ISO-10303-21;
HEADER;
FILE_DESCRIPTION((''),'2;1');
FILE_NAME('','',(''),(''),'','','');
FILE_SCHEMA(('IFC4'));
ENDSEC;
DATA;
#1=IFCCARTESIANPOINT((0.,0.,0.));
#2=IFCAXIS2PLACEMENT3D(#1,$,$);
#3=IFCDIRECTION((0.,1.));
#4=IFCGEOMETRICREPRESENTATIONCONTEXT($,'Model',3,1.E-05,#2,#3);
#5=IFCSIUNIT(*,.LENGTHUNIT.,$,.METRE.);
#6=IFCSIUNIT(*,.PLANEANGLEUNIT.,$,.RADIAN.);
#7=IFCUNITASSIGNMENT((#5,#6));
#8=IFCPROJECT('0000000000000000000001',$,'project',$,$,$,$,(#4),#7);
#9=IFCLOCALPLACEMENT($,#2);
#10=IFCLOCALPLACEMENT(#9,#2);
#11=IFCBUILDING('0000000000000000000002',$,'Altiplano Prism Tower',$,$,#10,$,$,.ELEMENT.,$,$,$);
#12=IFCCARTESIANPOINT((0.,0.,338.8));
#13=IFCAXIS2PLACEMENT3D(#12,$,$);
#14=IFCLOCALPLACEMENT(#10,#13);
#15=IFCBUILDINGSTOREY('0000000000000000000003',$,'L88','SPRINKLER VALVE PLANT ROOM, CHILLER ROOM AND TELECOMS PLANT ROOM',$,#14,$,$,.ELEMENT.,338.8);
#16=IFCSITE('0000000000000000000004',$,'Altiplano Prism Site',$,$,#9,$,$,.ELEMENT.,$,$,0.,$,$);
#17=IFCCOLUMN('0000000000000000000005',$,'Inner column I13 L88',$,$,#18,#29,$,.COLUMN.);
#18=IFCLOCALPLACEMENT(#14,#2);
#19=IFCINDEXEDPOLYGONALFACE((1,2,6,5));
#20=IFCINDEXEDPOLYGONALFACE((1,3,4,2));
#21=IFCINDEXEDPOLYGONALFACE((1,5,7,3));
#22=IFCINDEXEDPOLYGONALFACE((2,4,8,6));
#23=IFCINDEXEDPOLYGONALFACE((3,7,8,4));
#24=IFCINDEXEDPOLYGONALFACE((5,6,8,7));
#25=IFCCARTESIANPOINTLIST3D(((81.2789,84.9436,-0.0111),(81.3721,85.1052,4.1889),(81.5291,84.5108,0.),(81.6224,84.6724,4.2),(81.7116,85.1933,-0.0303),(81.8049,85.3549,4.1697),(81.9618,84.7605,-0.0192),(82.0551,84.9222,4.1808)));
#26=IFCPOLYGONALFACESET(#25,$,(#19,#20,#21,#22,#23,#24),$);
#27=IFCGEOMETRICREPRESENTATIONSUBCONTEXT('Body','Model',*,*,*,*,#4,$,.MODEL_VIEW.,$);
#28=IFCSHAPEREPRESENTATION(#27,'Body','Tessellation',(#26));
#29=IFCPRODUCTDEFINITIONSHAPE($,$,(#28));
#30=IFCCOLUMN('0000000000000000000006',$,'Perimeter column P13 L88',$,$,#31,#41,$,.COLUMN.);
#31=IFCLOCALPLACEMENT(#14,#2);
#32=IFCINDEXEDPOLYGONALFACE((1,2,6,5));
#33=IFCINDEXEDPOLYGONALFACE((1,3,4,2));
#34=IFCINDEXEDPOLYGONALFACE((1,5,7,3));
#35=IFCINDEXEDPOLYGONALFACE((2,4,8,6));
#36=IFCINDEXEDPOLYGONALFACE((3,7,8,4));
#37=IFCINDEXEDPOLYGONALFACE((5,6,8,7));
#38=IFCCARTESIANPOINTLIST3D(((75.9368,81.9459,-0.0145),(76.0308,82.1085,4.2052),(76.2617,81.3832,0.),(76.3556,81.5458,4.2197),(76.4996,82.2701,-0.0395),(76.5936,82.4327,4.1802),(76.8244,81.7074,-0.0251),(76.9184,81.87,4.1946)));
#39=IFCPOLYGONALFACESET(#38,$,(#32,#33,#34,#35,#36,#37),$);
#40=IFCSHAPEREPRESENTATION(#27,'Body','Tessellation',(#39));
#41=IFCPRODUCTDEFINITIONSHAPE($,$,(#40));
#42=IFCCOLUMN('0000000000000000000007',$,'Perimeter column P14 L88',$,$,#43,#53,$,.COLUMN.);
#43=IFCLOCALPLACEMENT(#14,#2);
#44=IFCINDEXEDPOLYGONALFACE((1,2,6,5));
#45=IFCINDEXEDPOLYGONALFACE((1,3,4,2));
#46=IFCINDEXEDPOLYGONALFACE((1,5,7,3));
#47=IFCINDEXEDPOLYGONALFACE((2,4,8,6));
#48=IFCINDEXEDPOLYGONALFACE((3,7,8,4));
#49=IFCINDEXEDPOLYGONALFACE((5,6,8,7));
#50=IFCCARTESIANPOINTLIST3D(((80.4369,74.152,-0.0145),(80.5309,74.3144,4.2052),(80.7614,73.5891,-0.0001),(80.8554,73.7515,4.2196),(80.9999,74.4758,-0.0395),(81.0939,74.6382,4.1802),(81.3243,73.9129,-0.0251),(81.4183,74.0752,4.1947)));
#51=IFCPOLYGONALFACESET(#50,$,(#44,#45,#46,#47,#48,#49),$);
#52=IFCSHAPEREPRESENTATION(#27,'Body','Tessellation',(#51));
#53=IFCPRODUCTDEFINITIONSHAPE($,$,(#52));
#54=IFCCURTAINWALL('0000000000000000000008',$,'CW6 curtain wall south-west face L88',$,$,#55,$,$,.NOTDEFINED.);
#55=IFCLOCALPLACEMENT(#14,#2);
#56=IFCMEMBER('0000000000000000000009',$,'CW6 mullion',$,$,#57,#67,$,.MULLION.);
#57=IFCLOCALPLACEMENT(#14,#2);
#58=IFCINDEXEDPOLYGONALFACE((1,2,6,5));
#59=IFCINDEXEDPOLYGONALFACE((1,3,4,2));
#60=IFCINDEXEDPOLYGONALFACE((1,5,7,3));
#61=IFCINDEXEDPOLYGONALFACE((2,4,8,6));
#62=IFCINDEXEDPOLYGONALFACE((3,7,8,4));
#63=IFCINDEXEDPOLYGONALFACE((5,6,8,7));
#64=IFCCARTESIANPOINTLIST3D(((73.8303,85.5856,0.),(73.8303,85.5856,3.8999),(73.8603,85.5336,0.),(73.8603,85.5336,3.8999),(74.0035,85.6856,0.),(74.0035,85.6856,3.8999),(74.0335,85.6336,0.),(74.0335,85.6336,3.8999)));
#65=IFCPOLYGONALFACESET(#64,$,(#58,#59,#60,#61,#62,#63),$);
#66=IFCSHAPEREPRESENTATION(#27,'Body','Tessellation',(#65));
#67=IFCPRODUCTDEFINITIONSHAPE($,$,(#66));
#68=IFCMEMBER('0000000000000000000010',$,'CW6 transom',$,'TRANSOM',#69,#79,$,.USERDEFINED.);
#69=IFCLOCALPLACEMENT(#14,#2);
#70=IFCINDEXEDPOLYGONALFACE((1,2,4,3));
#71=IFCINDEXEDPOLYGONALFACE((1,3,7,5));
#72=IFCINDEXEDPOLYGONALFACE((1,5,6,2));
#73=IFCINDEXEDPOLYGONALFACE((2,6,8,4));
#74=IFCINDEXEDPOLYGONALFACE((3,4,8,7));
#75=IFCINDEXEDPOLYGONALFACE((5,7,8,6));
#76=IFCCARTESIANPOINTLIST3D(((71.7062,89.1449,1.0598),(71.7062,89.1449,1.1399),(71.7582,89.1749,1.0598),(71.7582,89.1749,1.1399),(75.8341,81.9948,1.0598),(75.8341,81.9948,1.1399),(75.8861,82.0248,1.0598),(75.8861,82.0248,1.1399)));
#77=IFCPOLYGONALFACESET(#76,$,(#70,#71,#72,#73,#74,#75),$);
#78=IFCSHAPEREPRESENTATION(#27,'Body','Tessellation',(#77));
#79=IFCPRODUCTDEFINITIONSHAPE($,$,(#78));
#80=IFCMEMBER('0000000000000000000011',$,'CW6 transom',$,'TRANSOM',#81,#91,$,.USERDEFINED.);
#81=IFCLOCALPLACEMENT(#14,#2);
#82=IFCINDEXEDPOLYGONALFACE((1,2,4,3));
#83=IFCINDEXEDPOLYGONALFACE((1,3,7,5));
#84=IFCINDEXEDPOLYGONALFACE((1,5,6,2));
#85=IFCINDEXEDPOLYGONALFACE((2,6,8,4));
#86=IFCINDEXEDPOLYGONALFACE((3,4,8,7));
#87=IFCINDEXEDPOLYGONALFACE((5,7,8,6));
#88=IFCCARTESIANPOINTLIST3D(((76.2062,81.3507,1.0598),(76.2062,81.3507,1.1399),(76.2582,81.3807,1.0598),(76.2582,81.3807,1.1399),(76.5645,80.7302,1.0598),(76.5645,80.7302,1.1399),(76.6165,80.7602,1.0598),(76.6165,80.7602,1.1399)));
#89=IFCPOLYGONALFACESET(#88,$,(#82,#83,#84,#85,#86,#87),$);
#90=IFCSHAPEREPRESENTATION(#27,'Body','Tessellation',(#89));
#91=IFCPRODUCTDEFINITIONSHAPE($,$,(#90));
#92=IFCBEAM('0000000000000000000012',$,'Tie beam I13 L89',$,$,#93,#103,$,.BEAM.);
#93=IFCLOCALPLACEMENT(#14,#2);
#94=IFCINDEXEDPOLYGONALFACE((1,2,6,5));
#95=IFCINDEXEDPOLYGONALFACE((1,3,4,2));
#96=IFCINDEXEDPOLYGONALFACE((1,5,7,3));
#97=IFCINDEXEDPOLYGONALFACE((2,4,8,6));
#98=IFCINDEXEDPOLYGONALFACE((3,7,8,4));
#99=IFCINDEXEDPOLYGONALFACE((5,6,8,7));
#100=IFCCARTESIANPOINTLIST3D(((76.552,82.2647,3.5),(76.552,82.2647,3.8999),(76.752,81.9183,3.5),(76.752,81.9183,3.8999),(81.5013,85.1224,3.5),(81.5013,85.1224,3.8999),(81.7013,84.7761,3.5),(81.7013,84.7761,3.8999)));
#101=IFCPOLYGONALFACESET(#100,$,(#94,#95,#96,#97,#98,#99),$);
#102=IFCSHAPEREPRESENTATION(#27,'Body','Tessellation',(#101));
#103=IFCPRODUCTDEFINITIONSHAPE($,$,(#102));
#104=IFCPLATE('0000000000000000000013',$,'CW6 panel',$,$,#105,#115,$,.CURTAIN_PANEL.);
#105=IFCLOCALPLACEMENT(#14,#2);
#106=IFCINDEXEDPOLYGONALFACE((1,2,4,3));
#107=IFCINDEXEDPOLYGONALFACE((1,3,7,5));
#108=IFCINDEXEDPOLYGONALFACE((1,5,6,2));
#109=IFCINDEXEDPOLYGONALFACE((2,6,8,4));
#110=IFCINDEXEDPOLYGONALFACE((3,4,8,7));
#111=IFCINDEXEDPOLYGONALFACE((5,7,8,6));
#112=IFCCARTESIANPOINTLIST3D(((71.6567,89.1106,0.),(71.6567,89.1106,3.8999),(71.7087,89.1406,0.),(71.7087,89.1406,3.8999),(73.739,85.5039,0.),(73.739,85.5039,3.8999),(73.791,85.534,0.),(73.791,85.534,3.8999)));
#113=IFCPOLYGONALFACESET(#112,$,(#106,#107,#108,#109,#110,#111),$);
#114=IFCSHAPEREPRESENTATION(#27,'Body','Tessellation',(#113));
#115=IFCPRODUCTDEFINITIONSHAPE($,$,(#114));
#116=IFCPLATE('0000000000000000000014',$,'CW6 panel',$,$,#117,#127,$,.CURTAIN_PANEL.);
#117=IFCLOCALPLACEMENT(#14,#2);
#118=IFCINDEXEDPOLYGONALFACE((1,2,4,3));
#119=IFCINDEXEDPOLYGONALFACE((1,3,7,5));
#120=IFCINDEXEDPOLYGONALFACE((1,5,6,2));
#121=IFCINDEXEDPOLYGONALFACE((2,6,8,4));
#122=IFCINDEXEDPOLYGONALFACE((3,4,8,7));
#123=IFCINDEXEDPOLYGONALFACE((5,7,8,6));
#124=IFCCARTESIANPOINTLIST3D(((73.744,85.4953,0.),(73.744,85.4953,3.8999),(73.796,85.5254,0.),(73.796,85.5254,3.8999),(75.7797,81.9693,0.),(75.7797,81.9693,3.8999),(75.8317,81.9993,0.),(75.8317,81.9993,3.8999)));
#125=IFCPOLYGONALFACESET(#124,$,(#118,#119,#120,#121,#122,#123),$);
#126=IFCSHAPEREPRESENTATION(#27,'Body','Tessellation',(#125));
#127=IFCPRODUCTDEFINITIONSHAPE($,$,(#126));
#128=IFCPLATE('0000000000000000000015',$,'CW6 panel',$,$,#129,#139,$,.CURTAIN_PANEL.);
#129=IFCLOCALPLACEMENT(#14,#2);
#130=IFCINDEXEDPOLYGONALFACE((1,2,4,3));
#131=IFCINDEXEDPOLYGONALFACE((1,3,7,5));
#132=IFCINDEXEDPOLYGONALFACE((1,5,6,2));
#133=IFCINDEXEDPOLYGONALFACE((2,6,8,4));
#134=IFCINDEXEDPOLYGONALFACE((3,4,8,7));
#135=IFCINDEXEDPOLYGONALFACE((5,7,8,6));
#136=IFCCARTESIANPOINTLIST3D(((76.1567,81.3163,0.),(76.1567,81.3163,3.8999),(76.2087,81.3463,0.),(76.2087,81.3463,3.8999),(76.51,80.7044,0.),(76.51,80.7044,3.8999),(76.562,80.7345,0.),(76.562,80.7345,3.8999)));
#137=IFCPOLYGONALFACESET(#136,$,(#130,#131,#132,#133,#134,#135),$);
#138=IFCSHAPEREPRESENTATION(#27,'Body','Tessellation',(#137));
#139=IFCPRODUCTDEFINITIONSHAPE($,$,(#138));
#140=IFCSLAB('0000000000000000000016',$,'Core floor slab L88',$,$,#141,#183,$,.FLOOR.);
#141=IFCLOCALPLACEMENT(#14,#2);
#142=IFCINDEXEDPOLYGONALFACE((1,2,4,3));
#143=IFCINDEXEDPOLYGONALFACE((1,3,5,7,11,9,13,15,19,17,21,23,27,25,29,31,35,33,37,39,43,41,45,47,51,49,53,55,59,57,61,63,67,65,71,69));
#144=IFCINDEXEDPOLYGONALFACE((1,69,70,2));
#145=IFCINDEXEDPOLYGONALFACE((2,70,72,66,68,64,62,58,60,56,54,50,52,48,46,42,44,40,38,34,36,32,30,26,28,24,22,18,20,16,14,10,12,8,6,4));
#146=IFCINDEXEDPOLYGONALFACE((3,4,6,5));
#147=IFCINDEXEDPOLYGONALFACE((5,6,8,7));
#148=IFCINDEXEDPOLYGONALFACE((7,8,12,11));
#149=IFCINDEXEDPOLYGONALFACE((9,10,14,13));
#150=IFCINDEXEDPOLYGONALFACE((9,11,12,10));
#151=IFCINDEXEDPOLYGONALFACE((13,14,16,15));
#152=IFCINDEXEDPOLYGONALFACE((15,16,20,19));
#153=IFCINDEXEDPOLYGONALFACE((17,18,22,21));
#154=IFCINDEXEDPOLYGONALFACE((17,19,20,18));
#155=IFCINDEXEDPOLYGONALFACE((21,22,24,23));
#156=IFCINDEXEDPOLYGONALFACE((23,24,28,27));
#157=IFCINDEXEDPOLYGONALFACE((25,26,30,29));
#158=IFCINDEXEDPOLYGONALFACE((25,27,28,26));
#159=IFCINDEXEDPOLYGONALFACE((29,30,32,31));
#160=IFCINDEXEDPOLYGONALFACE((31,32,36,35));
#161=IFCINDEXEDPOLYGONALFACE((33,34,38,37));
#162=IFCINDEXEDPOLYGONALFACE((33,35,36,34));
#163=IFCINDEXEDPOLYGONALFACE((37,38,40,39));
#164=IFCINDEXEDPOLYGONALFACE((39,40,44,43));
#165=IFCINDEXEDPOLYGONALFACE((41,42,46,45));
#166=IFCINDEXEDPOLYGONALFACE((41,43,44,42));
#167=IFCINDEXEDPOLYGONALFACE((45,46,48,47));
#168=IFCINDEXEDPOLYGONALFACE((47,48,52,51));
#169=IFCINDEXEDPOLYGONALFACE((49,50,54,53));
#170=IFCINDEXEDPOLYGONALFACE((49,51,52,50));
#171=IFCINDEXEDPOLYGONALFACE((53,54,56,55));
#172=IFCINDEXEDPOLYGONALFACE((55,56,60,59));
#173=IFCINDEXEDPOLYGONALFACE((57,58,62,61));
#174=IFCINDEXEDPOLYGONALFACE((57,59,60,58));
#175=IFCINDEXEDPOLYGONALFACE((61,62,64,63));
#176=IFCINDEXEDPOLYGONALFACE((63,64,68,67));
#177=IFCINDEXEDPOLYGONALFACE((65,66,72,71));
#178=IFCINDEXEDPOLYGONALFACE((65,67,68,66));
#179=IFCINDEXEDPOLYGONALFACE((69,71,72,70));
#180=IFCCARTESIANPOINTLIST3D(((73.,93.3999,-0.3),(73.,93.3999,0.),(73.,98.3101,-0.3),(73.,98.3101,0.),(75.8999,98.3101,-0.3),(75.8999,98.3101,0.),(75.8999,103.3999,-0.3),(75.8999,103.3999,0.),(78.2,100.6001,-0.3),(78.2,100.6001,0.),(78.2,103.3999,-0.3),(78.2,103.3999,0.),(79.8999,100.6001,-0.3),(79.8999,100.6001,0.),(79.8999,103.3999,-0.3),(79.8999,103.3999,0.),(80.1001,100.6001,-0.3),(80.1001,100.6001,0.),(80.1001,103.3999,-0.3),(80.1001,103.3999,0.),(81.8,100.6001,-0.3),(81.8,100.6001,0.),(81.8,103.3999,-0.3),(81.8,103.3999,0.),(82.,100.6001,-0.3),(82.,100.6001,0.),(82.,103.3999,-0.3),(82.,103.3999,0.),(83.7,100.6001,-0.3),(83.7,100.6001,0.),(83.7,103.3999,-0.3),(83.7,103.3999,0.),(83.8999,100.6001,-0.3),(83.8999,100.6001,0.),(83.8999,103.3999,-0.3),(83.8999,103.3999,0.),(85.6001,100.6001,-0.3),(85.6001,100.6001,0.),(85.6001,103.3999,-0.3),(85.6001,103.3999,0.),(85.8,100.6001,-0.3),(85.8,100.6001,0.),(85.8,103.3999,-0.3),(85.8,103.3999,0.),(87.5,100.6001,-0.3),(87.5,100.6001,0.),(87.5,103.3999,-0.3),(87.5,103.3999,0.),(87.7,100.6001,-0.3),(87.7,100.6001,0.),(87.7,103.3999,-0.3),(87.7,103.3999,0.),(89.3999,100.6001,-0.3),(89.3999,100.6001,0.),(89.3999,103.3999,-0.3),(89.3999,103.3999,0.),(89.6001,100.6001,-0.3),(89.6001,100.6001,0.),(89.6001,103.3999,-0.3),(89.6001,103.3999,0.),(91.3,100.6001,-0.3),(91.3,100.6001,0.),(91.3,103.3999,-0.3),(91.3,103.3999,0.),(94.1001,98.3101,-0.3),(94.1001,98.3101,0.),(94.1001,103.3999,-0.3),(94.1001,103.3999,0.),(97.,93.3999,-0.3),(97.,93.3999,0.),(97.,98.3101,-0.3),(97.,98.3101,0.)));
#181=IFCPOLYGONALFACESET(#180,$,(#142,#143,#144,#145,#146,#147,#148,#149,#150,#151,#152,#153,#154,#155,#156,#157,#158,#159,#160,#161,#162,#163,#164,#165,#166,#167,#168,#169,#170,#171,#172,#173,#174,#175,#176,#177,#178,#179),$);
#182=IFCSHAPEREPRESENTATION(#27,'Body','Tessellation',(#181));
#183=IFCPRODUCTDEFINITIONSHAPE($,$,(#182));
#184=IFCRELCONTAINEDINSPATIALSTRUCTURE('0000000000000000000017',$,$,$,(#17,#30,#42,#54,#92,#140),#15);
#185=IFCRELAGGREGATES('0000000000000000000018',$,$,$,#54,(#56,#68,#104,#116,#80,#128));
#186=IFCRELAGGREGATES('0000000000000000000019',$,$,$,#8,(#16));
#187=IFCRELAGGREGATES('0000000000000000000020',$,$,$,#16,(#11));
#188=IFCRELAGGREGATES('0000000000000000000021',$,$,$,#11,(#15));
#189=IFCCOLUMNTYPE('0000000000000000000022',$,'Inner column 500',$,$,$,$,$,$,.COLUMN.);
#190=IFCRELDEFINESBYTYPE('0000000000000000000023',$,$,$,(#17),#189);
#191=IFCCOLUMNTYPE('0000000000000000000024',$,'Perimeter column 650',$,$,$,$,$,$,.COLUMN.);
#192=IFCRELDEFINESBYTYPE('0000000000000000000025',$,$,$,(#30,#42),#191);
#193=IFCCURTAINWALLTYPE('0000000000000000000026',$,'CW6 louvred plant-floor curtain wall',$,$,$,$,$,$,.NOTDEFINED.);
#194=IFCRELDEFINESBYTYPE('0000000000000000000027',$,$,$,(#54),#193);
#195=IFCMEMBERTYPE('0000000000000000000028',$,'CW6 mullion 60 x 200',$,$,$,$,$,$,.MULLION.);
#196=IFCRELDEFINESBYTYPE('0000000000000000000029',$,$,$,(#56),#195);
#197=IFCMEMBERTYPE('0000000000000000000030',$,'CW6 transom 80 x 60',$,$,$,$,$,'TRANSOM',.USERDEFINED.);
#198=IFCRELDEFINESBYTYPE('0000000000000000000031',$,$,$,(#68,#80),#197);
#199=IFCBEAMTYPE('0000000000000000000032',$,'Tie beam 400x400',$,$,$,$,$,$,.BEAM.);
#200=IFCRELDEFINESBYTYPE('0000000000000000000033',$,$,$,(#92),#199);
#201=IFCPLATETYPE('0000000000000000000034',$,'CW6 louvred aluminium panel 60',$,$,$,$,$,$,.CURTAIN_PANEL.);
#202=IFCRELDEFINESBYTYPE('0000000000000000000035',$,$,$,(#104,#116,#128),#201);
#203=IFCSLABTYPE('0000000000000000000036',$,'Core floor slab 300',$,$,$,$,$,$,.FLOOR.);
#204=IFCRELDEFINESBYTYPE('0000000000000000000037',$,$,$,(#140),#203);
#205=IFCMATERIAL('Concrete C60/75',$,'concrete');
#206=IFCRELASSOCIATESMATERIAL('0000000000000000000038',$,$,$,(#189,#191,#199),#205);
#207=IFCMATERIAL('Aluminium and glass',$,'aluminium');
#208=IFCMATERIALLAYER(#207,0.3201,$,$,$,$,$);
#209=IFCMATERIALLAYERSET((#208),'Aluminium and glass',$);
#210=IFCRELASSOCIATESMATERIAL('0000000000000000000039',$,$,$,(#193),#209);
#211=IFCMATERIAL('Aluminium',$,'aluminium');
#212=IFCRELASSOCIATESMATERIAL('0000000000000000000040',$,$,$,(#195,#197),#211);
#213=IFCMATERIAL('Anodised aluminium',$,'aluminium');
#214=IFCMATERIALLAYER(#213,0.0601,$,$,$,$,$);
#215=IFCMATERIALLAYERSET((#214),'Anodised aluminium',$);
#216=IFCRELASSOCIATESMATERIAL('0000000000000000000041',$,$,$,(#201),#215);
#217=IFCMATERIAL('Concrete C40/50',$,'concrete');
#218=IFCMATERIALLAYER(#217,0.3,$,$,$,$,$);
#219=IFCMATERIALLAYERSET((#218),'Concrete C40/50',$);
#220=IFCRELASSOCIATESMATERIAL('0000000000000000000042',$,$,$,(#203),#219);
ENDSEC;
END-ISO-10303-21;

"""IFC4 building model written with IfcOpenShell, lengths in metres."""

from ifc_helpers import new_model, si_unit, direction, frame, origin, origin_2d, place, context, subcontext, project, spatial, polyline, rectangle, outline, extrude, material, layer, layer_set, material_profile, profile_set, type_object, element, aggregate, save


model = new_model("IFC4")

# Units and contexts
model_context = context("Model", 3, precision=1e-05, world=origin(), true_north=direction((0.0, 1.0)))
body_context = subcontext(model_context, "Body", "Model", "MODEL_VIEW")
ifc_project = project(units=[si_unit("LENGTHUNIT", "METRE"), si_unit("PLANEANGLEUNIT", "RADIAN")], contexts=[model_context])

# Site, building, storey
site_placement = place(None, origin())
site = spatial("IfcSite", under=ifc_project, at=site_placement, Name="Altiplano Prism Site", CompositionType="ELEMENT", RefElevation=0.0)
building_placement = place(site_placement, origin())
building = spatial("IfcBuilding", under=site, at=building_placement, Name="Altiplano Prism Tower", CompositionType="ELEMENT")
storey_placement = place(building_placement, frame((0.0, 0.0, 338.8)))
storey = spatial("IfcBuildingStorey", under=building, at=storey_placement, Name="L88", Description="SPRINKLER VALVE PLANT ROOM, CHILLER ROOM AND TELECOMS PLANT ROOM", CompositionType="ELEMENT", Elevation=338.8)

# Columns
ifc_material_1 = material(Name="Concrete C60/75", Category="concrete")
ifc_material_profile_1 = material_profile(ifc_material_1, rectangle(XDim=0.5, YDim=0.5, at=origin_2d()), Name="Inner column 500")
ifc_profile_set_1 = profile_set([ifc_material_profile_1], Name="Concrete C60/75")
column_type_1 = type_object("IfcColumnType", Name="Inner column 500", PredefinedType="COLUMN", material=ifc_profile_set_1)
column_placement = place(storey_placement, frame((81.6204, 84.8521, -0.0151), z_axis=(0.022184, 0.038444, 0.999014), x_axis=(-0.865481, -0.499464, 0.038439)))
element("IfcColumn", 1, at=column_placement, inside=storey, type_object=column_type_1, Name="Inner column I13 L88", PredefinedType="COLUMN", context=body_context, shape_type="SweptSolid", body=[
    extrude(rectangle(XDim=0.5, YDim=0.5, at=origin_2d()), origin(), (0.0, 0.0, 1.0), 4.2041),
])
ifc_material_profile_2 = material_profile(ifc_material_1, rectangle(XDim=0.6499, YDim=0.6499, at=origin_2d()), Name="Perimeter column 650")
ifc_profile_set_2 = profile_set([ifc_material_profile_2], Name="Concrete C60/75")
column_type_2 = type_object("IfcColumnType", Name="Perimeter column 650", PredefinedType="COLUMN", material=ifc_profile_set_2)
for number, where, z_axis, x_axis, name in (
    (2, (76.3806, 81.8267, -0.0198), (0.022253, 0.038495, 0.999011), (-0.865869, -0.498787, 0.038507), "Perimeter column P13 L88"),
    (3, (80.8806, 74.0325, -0.0198), (0.022253, 0.038437, 0.999013), (-0.866195, -0.498223, 0.038464), "Perimeter column P14 L88"),
):
    element("IfcColumn", number, at=place(storey_placement, frame(where, z_axis=z_axis, x_axis=x_axis)), inside=storey, type_object=column_type_2, Name=name, PredefinedType="COLUMN", context=body_context, shape_type="SweptSolid", body=[
        extrude(rectangle(XDim=0.6499, YDim=0.6499, at=origin_2d()), origin(), (0.0, 0.0, 1.0), 4.2239),
    ])

# Curtain wall, members
ifc_material_2 = material(Name="Aluminium and glass", Category="aluminium")
ifc_layer_1 = layer(ifc_material_2, 0.3201)
ifc_layer_set_1 = layer_set([ifc_layer_1], Name="Aluminium and glass")
curtain_wall_type = type_object("IfcCurtainWallType", Name="CW6 louvred plant-floor curtain wall", PredefinedType="NOTDEFINED", material=ifc_layer_set_1)
curtain_wall_placement = place(storey_placement, origin())
curtain_wall = element("IfcCurtainWall", 4, at=curtain_wall_placement, inside=storey, type_object=curtain_wall_type, Name="CW6 curtain wall south-west face L88", PredefinedType="NOTDEFINED")
ifc_material_3 = material(Name="Aluminium", Category="aluminium")
ifc_material_profile_3 = material_profile(ifc_material_3, rectangle(XDim=0.2, YDim=0.0601, at=origin_2d()), Name="CW6 mullion 60 x 200")
ifc_profile_set_3 = profile_set([ifc_material_profile_3], Name="Aluminium")
member_type_1 = type_object("IfcMemberType", Name="CW6 mullion 60 x 200", PredefinedType="MULLION", material=ifc_profile_set_3)
member_1_placement = place(storey_placement, frame((73.9319, 85.6096, 0.0), z_axis=(0.0, 0.0, 1.0), x_axis=(0.866025, 0.5, 0.0)))
member_1 = element("IfcMember", 5, at=member_1_placement, type_object=member_type_1, Name="CW6 mullion", PredefinedType="MULLION", context=body_context, shape_type="SweptSolid", body=[
    extrude(rectangle(XDim=0.2, YDim=0.0601, at=origin_2d()), origin(), (0.0, 0.0, 1.0), 3.8999),
])
ifc_material_profile_4 = material_profile(ifc_material_3, rectangle(XDim=0.0601, YDim=0.0801, at=origin_2d()), Name="CW6 transom 80 x 60")
ifc_profile_set_4 = profile_set([ifc_material_profile_4], Name="Aluminium")
member_type_2 = type_object("IfcMemberType", Name="CW6 transom 80 x 60", ElementType="TRANSOM", PredefinedType="USERDEFINED", material=ifc_profile_set_4)
member_2_placement = place(storey_placement, frame((71.7322, 89.1599, 1.0999), z_axis=(0.499981, -0.866036, 0.0), x_axis=(0.866036, 0.499981, 0.0)))
member_2 = element("IfcMember", 6, at=member_2_placement, type_object=member_type_2, Name="CW6 transom", ObjectType="TRANSOM", PredefinedType="USERDEFINED", context=body_context, shape_type="SweptSolid", body=[
    extrude(rectangle(XDim=0.0601, YDim=0.0801, at=origin_2d()), origin(), (0.0, 0.0, 1.0), 8.2561),
])
member_3_placement = place(storey_placement, frame((76.2322, 81.3657, 1.0999), z_axis=(0.500096, -0.86597, 0.0), x_axis=(0.86597, 0.500096, 0.0)))
member_3 = element("IfcMember", 7, at=member_3_placement, type_object=member_type_2, Name="CW6 transom", ObjectType="TRANSOM", PredefinedType="USERDEFINED", context=body_context, shape_type="SweptSolid", body=[
    extrude(rectangle(XDim=0.0601, YDim=0.0801, at=origin_2d()), origin(), (0.0, 0.0, 1.0), 0.7166),
])

# Beam
ifc_material_profile_5 = material_profile(ifc_material_1, rectangle(XDim=0.3999, YDim=0.3999, at=origin_2d()), Name="Tie beam 400x400")
ifc_profile_set_5 = profile_set([ifc_material_profile_5], Name="Concrete C60/75")
beam_type = type_object("IfcBeamType", Name="Tie beam 400x400", PredefinedType="BEAM", material=ifc_profile_set_5)
beam_placement = place(storey_placement, frame((81.6013, 84.9492, 3.7), z_axis=(-0.866008, -0.500031, 0.0), x_axis=(0.500031, -0.866008, 0.0)))
element("IfcBeam", 8, at=beam_placement, inside=storey, type_object=beam_type, Name="Tie beam I13 L89", PredefinedType="BEAM", context=body_context, shape_type="SweptSolid", body=[
    extrude(rectangle(XDim=0.3999, YDim=0.3999, at=origin_2d()), origin(), (0.0, 0.0, 1.0), 5.7151),
])

# Plates
ifc_material_4 = material(Name="Anodised aluminium", Category="aluminium")
ifc_layer_2 = layer(ifc_material_4, 0.0601)
ifc_layer_set_2 = layer_set([ifc_layer_2], Name="Anodised aluminium")
plate_type = type_object("IfcPlateType", Name="CW6 louvred aluminium panel 60", PredefinedType="CURTAIN_PANEL", material=ifc_layer_set_2)
plate_1_placement = place(storey_placement, frame((72.7239, 87.3223, 0.0), z_axis=(0.0, 0.0, 1.0), x_axis=(0.5, -0.866025, 0.0)))
plate_1 = element("IfcPlate", 9, at=plate_1_placement, type_object=plate_type, Name="CW6 panel", PredefinedType="CURTAIN_PANEL", context=body_context, shape_type="SweptSolid", body=[
    extrude(rectangle(XDim=4.1646, YDim=0.0601, at=origin_2d()), origin(), (0.0, 0.0, 1.0), 3.8999),
])
plate_2_placement = place(storey_placement, frame((74.7878, 83.7473, 0.0), z_axis=(0.0, 0.0, 1.0), x_axis=(0.5, -0.866025, 0.0)))
plate_2 = element("IfcPlate", 10, at=plate_2_placement, type_object=plate_type, Name="CW6 panel", PredefinedType="CURTAIN_PANEL", context=body_context, shape_type="SweptSolid", body=[
    extrude(rectangle(XDim=4.0715, YDim=0.0601, at=origin_2d()), origin(), (0.0, 0.0, 1.0), 3.8999),
])
plate_3_placement = place(storey_placement, frame((76.3594, 81.0254, 0.0), z_axis=(0.0, 0.0, 1.0), x_axis=(0.5, -0.866025, 0.0)))
plate_3 = element("IfcPlate", 11, at=plate_3_placement, type_object=plate_type, Name="CW6 panel", PredefinedType="CURTAIN_PANEL", context=body_context, shape_type="SweptSolid", body=[
    extrude(rectangle(XDim=0.7065, YDim=0.0601, at=origin_2d()), origin(), (0.0, 0.0, 1.0), 3.8999),
])
aggregate(curtain_wall, [member_1, member_2, plate_1, plate_2, member_3, plate_3])

# Slab
ifc_material_5 = material(Name="Concrete C40/50", Category="concrete")
ifc_layer_3 = layer(ifc_material_5, 0.3)
ifc_layer_set_3 = layer_set([ifc_layer_3], Name="Concrete C40/50")
slab_type_1 = type_object("IfcSlabType", Name="Core floor slab 300", PredefinedType="FLOOR", material=ifc_layer_set_3)
slab_1_placement = place(storey_placement, frame((0.0, 0.0, -0.3)))
element("IfcSlab", 12, at=slab_1_placement, inside=storey, type_object=slab_type_1, Name="Core floor slab L88", PredefinedType="FLOOR", context=body_context, shape_type="SweptSolid", body=[
    extrude(outline(polyline([(97.0, 98.3101), (94.1001, 98.3101), (94.1001, 103.3999), (91.3, 103.3999), (91.3, 100.6001), (89.6001, 100.6001), (89.6001, 103.3999), (89.3999, 103.3999), (89.3999, 100.6001), (87.7, 100.6001), (87.7, 103.3999), (87.5, 103.3999), (87.5, 100.6001), (85.8, 100.6001), (85.8, 103.3999), (85.6001, 103.3999), (85.6001, 100.6001), (83.8999, 100.6001), (83.8999, 103.3999), (83.7, 103.3999), (83.7, 100.6001), (82.0, 100.6001), (82.0, 103.3999), (81.8, 103.3999), (81.8, 100.6001), (80.1001, 100.6001), (80.1001, 103.3999), (79.8999, 103.3999), (79.8999, 100.6001), (78.2, 100.6001), (78.2, 103.3999), (75.8999, 103.3999), (75.8999, 98.3101), (73.0, 98.3101), (73.0, 93.3999), (97.0, 93.3999), (97.0, 98.3101)])), origin(), (0.0, 0.0, 1.0), 0.3),
])

save(model, "model.ifc")
